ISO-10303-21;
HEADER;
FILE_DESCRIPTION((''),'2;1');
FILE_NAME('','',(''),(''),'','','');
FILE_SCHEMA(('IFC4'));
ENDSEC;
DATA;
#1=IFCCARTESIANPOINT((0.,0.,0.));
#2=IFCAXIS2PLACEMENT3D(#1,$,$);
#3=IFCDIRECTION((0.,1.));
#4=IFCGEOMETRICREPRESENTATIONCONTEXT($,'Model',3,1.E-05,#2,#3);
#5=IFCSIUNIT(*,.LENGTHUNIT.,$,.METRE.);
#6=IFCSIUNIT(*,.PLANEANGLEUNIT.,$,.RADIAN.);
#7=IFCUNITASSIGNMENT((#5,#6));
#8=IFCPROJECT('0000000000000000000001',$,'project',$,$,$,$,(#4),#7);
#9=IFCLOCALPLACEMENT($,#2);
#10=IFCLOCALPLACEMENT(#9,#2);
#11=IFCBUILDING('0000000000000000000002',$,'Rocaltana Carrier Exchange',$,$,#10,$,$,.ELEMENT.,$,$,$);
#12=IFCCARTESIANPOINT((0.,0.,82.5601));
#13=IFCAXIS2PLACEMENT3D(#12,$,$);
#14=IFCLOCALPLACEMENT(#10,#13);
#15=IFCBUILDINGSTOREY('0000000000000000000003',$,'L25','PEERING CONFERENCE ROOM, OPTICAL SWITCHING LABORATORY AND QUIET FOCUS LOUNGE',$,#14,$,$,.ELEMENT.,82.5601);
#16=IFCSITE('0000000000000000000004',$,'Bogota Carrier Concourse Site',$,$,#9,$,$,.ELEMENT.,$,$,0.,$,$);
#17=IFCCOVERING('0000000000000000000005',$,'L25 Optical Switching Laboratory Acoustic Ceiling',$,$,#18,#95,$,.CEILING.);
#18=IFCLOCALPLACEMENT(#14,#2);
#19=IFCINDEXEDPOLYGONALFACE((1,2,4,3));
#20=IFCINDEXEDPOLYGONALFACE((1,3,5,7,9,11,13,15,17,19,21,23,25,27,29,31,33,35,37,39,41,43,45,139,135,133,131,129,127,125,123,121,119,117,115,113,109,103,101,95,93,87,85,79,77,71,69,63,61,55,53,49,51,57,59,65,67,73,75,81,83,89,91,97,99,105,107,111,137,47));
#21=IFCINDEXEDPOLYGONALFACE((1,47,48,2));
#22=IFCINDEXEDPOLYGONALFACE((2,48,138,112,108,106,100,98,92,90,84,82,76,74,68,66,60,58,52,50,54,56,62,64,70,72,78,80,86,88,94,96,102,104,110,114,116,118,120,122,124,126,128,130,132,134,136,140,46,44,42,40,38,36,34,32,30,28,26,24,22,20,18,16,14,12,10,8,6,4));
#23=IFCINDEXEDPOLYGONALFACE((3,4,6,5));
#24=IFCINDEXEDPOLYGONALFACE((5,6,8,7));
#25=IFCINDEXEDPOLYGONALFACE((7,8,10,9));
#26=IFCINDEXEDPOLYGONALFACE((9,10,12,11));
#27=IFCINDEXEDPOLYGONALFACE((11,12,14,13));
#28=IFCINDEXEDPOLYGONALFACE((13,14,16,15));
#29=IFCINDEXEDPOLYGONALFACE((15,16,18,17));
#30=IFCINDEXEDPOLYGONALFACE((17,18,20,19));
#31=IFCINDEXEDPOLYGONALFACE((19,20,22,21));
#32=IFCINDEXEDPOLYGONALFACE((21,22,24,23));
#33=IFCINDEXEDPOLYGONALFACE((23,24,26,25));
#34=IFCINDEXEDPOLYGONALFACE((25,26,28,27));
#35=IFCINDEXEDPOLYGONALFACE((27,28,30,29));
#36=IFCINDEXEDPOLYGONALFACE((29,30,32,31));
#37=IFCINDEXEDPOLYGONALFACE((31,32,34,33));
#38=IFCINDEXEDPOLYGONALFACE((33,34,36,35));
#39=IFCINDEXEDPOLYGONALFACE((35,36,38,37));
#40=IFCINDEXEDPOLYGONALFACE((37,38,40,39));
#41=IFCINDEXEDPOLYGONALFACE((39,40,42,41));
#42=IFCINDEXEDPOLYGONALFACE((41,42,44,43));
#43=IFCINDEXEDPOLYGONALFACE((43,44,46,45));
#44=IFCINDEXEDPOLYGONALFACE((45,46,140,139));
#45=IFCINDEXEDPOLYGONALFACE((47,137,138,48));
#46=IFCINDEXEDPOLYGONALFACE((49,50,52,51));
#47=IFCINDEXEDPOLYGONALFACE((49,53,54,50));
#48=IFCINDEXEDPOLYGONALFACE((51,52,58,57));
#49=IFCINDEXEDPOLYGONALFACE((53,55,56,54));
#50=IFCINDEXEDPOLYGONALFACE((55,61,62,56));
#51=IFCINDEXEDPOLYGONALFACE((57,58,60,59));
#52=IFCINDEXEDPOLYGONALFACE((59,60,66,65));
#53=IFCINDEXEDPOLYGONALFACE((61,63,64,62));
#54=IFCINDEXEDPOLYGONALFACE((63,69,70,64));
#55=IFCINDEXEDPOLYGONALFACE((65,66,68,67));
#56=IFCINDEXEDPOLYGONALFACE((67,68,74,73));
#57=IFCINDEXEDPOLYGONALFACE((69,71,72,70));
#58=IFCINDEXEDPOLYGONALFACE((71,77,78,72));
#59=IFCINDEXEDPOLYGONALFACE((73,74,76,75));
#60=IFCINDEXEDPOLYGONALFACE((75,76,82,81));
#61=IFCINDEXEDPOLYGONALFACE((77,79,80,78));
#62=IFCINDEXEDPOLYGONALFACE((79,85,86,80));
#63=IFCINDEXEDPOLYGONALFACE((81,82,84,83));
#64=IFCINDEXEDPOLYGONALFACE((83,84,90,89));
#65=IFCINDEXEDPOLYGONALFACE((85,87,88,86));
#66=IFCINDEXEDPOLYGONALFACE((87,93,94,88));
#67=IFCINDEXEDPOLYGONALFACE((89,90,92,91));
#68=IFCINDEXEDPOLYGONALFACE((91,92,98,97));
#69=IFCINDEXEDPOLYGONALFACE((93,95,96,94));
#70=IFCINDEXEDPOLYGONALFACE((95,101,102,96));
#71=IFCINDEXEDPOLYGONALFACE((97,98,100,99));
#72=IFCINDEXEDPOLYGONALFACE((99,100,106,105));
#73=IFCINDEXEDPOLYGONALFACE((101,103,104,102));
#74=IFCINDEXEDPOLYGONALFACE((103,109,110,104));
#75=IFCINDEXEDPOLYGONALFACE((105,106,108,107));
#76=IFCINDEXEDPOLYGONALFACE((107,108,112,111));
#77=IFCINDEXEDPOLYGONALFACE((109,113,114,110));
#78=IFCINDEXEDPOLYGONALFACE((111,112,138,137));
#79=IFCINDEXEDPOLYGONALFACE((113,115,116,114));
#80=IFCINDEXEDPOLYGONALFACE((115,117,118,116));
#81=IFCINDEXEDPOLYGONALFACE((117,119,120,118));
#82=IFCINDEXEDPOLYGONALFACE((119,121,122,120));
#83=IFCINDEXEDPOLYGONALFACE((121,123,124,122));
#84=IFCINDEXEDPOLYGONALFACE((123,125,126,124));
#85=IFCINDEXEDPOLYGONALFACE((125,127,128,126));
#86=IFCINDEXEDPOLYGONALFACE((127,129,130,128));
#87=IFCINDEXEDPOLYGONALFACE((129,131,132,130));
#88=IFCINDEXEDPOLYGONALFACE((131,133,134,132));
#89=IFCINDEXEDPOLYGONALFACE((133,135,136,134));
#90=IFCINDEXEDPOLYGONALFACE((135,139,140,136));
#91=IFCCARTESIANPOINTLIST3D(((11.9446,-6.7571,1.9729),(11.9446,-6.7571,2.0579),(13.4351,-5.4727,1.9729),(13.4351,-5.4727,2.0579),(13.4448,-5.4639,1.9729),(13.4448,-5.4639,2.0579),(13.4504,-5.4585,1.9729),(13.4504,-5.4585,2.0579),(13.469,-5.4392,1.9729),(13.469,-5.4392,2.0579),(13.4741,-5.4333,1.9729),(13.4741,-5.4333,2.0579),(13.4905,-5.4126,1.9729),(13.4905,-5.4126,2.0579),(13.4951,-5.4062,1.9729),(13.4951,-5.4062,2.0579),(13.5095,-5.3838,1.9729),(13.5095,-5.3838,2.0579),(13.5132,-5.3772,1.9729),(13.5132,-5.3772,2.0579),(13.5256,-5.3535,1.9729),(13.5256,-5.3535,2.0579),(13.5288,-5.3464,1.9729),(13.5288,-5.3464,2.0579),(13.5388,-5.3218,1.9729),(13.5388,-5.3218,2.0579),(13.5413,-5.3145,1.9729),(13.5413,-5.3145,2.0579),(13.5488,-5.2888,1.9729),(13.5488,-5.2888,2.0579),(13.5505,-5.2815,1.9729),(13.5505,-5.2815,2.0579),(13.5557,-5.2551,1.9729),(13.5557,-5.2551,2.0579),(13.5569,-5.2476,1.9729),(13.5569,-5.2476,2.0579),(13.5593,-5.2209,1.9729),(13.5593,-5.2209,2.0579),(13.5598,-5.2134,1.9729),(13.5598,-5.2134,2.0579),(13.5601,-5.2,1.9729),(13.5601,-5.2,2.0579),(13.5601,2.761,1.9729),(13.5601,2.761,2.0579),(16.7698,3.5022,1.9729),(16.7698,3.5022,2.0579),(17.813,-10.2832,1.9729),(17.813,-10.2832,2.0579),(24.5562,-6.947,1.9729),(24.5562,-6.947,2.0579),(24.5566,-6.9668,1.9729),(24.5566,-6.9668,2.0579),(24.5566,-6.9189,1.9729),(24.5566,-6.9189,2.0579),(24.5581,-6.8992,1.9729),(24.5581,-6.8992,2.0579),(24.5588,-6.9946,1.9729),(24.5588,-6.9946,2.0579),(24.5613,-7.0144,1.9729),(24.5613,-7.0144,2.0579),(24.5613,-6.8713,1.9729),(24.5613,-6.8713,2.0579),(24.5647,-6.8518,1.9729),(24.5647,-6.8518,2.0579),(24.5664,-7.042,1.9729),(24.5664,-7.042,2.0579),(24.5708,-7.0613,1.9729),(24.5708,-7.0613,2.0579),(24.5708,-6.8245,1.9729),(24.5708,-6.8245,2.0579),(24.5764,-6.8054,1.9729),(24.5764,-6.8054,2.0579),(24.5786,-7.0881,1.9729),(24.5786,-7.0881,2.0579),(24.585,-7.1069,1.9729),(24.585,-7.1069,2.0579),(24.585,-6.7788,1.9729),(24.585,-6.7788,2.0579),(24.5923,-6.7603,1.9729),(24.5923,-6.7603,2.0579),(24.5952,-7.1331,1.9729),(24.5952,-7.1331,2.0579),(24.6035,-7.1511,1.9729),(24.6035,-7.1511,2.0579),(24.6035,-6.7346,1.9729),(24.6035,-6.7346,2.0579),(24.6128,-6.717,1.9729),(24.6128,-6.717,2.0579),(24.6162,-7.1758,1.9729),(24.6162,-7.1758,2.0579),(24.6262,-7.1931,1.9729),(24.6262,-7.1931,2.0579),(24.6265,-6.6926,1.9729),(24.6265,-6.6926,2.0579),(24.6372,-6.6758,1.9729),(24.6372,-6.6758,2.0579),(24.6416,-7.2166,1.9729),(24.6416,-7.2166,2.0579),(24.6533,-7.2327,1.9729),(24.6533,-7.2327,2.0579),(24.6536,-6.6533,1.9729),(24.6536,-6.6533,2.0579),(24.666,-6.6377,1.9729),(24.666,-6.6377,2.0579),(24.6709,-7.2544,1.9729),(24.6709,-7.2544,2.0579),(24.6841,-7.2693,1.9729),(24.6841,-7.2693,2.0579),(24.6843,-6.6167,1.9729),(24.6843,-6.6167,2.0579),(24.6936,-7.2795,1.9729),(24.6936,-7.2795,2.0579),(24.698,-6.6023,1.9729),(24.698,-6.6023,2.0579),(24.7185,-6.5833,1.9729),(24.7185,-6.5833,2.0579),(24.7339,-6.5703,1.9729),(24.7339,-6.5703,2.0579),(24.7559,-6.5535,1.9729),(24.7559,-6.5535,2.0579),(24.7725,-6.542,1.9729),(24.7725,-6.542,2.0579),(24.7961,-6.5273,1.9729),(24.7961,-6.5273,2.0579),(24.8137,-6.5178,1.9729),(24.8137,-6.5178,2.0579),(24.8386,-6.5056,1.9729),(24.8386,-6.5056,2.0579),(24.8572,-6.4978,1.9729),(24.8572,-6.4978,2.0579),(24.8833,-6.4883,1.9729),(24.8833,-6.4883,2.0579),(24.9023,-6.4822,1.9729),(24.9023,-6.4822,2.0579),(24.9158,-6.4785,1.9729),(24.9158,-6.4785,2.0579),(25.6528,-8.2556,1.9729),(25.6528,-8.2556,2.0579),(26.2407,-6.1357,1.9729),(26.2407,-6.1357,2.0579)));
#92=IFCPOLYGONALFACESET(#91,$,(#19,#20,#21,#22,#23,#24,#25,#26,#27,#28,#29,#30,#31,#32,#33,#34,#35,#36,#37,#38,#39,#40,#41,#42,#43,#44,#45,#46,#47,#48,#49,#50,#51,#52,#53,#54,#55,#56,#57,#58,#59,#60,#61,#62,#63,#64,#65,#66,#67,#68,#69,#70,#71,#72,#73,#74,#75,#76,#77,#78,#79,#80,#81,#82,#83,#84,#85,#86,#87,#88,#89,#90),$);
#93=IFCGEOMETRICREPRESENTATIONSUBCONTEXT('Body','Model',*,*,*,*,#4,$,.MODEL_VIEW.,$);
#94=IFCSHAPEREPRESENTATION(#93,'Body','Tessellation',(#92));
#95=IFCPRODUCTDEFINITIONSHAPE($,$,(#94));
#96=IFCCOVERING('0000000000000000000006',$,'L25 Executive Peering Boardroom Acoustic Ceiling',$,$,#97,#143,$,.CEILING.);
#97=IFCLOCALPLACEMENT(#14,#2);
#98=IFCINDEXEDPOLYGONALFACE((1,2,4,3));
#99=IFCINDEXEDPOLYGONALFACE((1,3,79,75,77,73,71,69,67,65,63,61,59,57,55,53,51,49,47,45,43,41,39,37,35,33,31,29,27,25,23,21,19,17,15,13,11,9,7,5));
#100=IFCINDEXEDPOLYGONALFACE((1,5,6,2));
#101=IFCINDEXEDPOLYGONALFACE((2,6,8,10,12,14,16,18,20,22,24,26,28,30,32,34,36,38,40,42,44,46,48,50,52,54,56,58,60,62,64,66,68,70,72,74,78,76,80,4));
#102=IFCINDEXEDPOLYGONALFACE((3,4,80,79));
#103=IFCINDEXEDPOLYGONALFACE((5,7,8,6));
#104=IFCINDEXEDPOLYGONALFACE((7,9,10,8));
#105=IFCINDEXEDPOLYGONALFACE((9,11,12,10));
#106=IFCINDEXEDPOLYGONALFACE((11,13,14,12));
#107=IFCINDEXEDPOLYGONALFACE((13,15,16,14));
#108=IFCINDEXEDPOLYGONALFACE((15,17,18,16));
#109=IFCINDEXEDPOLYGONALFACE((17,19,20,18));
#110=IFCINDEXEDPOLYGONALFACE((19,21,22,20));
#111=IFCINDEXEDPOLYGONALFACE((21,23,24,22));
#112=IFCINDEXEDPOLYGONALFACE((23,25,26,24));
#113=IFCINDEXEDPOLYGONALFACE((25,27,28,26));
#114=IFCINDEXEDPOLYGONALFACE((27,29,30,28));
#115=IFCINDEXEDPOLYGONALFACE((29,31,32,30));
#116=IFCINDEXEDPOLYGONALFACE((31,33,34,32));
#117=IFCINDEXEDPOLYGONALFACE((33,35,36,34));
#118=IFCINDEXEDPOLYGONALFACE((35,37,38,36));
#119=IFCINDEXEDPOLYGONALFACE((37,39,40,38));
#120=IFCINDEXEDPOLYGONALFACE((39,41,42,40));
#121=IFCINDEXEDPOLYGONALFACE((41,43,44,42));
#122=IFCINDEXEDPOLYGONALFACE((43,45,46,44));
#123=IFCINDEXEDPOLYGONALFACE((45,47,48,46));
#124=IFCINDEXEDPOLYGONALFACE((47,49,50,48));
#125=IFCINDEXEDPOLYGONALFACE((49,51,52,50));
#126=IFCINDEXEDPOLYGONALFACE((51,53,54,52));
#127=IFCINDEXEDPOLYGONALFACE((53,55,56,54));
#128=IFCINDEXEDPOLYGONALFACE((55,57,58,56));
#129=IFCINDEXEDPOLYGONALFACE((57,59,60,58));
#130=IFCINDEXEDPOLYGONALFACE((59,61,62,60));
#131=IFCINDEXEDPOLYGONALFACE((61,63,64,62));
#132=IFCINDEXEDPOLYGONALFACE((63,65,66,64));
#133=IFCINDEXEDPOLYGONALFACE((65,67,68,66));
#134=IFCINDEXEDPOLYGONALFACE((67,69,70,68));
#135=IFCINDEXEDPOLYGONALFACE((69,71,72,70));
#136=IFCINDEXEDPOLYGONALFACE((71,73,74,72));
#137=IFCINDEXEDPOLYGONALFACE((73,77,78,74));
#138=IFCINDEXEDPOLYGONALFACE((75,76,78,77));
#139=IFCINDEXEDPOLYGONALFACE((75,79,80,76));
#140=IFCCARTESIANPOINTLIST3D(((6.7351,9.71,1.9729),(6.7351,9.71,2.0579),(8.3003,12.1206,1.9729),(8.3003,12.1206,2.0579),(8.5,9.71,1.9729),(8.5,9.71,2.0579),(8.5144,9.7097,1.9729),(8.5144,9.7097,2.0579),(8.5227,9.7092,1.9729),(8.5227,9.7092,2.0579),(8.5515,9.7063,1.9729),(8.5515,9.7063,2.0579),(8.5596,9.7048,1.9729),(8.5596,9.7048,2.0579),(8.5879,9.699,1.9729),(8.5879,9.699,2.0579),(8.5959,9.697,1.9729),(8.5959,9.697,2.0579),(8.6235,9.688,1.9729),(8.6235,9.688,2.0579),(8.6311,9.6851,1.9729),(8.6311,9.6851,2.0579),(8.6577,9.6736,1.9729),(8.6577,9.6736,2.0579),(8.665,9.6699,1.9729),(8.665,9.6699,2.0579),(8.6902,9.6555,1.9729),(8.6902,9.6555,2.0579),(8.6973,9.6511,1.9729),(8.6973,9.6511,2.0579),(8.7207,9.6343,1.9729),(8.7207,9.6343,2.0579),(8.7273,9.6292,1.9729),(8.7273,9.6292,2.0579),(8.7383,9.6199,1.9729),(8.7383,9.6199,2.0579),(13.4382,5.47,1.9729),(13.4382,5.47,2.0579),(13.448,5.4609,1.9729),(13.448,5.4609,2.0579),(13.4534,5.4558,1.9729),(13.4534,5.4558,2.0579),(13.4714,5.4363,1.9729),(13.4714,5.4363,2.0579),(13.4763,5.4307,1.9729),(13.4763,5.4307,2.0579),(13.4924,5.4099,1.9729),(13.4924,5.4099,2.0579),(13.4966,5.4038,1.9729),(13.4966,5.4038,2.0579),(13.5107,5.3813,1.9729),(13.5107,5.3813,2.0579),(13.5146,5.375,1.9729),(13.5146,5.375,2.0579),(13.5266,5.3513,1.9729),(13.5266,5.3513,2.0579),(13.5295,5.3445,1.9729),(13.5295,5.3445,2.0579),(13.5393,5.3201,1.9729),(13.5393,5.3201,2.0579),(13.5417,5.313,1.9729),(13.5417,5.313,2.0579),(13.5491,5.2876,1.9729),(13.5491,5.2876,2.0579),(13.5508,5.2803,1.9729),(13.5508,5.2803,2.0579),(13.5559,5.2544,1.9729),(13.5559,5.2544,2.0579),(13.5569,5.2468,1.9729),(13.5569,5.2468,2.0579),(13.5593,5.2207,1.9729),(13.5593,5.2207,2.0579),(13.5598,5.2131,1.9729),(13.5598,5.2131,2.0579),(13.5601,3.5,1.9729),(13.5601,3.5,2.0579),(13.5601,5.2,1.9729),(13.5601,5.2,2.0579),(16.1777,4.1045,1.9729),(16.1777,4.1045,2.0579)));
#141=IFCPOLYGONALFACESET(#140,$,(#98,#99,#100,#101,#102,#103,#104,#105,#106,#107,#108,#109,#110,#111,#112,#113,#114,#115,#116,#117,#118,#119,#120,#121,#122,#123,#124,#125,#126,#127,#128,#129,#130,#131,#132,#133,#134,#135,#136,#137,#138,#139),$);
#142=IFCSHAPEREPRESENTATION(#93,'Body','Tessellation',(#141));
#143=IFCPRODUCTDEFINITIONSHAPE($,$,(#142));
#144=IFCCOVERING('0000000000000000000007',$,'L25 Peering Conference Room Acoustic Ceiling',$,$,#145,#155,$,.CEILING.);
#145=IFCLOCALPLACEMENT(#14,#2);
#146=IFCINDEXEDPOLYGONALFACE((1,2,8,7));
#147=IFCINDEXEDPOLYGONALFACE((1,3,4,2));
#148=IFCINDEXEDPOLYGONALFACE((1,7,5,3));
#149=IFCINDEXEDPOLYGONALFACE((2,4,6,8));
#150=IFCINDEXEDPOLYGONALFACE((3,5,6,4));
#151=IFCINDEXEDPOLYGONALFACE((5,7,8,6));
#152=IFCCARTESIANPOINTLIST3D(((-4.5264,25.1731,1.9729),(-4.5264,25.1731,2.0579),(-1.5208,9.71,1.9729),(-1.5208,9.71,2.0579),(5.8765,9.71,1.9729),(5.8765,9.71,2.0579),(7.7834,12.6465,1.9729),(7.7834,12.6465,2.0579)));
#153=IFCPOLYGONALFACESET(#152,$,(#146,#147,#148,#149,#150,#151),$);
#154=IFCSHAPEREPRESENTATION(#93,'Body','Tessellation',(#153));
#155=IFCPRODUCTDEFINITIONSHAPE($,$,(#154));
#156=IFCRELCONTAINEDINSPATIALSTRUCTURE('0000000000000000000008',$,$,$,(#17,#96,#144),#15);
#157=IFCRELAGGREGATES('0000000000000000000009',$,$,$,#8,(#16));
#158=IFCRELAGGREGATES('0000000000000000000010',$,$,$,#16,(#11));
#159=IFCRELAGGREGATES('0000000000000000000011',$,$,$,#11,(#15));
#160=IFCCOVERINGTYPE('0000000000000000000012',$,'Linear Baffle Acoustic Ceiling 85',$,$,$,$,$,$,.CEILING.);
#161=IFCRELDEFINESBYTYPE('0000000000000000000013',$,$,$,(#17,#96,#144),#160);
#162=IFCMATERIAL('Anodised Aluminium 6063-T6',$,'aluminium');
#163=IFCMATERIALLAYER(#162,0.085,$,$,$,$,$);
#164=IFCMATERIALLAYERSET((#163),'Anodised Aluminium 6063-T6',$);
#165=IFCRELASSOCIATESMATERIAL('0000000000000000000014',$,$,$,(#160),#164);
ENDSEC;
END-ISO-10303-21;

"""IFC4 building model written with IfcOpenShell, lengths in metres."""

from ifc_helpers import new_model, si_unit, direction, frame, origin, place, context, subcontext, project, spatial, polyline, outline, extrude, material, layer, layer_set, type_object, element, save


model = new_model("IFC4")

# Units and contexts
model_context = context("Model", 3, precision=1e-05, world=origin(), true_north=direction((0.0, 1.0)))
body_context = subcontext(model_context, "Body", "Model", "MODEL_VIEW")
ifc_project = project(units=[si_unit("LENGTHUNIT", "METRE"), si_unit("PLANEANGLEUNIT", "RADIAN")], contexts=[model_context])

# Site, building, storey
site_placement = place(None, origin())
site = spatial("IfcSite", under=ifc_project, at=site_placement, Name="Bogota Carrier Concourse Site", CompositionType="ELEMENT", RefElevation=0.0)
building_placement = place(site_placement, origin())
building = spatial("IfcBuilding", under=site, at=building_placement, Name="Rocaltana Carrier Exchange", CompositionType="ELEMENT")
storey_placement = place(building_placement, frame((0.0, 0.0, 82.5601)))
storey = spatial("IfcBuildingStorey", under=building, at=storey_placement, Name="L25", Description="PEERING CONFERENCE ROOM, OPTICAL SWITCHING LABORATORY AND QUIET FOCUS LOUNGE", CompositionType="ELEMENT", Elevation=82.5601)

# Coverings
ifc_material_1 = material(Name="Anodised Aluminium 6063-T6", Category="aluminium")
ifc_layer_1 = layer(ifc_material_1, 0.085)
ifc_layer_set_1 = layer_set([ifc_layer_1], Name="Anodised Aluminium 6063-T6")
covering_type_1 = type_object("IfcCoveringType", Name="Linear Baffle Acoustic Ceiling 85", PredefinedType="CEILING", material=ifc_layer_set_1)
covering_1_placement = place(storey_placement, frame((0.0, 0.0, 1.9729)))
element("IfcCovering", 1, at=covering_1_placement, inside=storey, type_object=covering_type_1, Name="L25 Optical Switching Laboratory Acoustic Ceiling", PredefinedType="CEILING", context=body_context, shape_type="SweptSolid", body=[
    extrude(outline(polyline([(26.2407, -6.1357), (24.9158, -6.4785), (24.9023, -6.4822), (24.8833, -6.4883), (24.8572, -6.4978), (24.8386, -6.5056), (24.8137, -6.5178), (24.7961, -6.5273), (24.7725, -6.542), (24.7559, -6.5535), (24.7339, -6.5703), (24.7185, -6.5833), (24.698, -6.6023), (24.6843, -6.6167), (24.666, -6.6377), (24.6536, -6.6533), (24.6372, -6.6758), (24.6265, -6.6926), (24.6128, -6.717), (24.6035, -6.7346), (24.5923, -6.7603), (24.585, -6.7788), (24.5764, -6.8054), (24.5708, -6.8245), (24.5647, -6.8518), (24.5613, -6.8713), (24.5581, -6.8992), (24.5566, -6.9189), (24.5562, -6.947), (24.5566, -6.9668), (24.5588, -6.9946), (24.5613, -7.0144), (24.5664, -7.042), (24.5708, -7.0613), (24.5786, -7.0881), (24.585, -7.1069), (24.5952, -7.1331), (24.6035, -7.1511), (24.6162, -7.1758), (24.6262, -7.1931), (24.6416, -7.2166), (24.6533, -7.2327), (24.6709, -7.2544), (24.6841, -7.2693), (24.6936, -7.2795), (25.6528, -8.2556), (17.813, -10.2832), (11.9446, -6.7571), (13.4351, -5.4727), (13.4448, -5.4639), (13.4504, -5.4585), (13.469, -5.4392), (13.4741, -5.4333), (13.4905, -5.4126), (13.4951, -5.4062), (13.5095, -5.3838), (13.5132, -5.3772), (13.5256, -5.3535), (13.5288, -5.3464), (13.5388, -5.3218), (13.5413, -5.3145), (13.5488, -5.2888), (13.5505, -5.2815), (13.5557, -5.2551), (13.5569, -5.2476), (13.5593, -5.2209), (13.5598, -5.2134), (13.5601, -5.2), (13.5601, 2.761), (16.7698, 3.5022), (26.2407, -6.1357)])), origin(), (0.0, 0.0, 1.0), 0.085),
])
covering_2_placement = place(storey_placement, frame((0.0, 0.0, 1.9729)))
element("IfcCovering", 2, at=covering_2_placement, inside=storey, type_object=covering_type_1, Name="L25 Executive Peering Boardroom Acoustic Ceiling", PredefinedType="CEILING", context=body_context, shape_type="SweptSolid", body=[
    extrude(outline(polyline([(16.1777, 4.1045), (13.5601, 3.5), (13.5601, 5.2), (13.5598, 5.2131), (13.5593, 5.2207), (13.5569, 5.2468), (13.5559, 5.2544), (13.5508, 5.2803), (13.5491, 5.2876), (13.5417, 5.313), (13.5393, 5.3201), (13.5295, 5.3445), (13.5266, 5.3513), (13.5146, 5.375), (13.5107, 5.3813), (13.4966, 5.4038), (13.4924, 5.4099), (13.4763, 5.4307), (13.4714, 5.4363), (13.4534, 5.4558), (13.448, 5.4609), (13.4382, 5.47), (8.7383, 9.6199), (8.7273, 9.6292), (8.7207, 9.6343), (8.6973, 9.6511), (8.6902, 9.6555), (8.665, 9.6699), (8.6577, 9.6736), (8.6311, 9.6851), (8.6235, 9.688), (8.5959, 9.697), (8.5879, 9.699), (8.5596, 9.7048), (8.5515, 9.7063), (8.5227, 9.7092), (8.5144, 9.7097), (8.5, 9.71), (6.7351, 9.71), (8.3003, 12.1206), (16.1777, 4.1045)])), origin(), (0.0, 0.0, 1.0), 0.085),
])
covering_3_placement = place(storey_placement, frame((0.0, 0.0, 1.9729)))
element("IfcCovering", 3, at=covering_3_placement, inside=storey, type_object=covering_type_1, Name="L25 Peering Conference Room Acoustic Ceiling", PredefinedType="CEILING", context=body_context, shape_type="SweptSolid", body=[
    extrude(outline(polyline([(7.7834, 12.6465), (5.8765, 9.71), (-1.5208, 9.71), (-4.5264, 25.1731), (7.7834, 12.6465)])), origin(), (0.0, 0.0, 1.0), 0.085),
])

save(model, "model.ifc")
